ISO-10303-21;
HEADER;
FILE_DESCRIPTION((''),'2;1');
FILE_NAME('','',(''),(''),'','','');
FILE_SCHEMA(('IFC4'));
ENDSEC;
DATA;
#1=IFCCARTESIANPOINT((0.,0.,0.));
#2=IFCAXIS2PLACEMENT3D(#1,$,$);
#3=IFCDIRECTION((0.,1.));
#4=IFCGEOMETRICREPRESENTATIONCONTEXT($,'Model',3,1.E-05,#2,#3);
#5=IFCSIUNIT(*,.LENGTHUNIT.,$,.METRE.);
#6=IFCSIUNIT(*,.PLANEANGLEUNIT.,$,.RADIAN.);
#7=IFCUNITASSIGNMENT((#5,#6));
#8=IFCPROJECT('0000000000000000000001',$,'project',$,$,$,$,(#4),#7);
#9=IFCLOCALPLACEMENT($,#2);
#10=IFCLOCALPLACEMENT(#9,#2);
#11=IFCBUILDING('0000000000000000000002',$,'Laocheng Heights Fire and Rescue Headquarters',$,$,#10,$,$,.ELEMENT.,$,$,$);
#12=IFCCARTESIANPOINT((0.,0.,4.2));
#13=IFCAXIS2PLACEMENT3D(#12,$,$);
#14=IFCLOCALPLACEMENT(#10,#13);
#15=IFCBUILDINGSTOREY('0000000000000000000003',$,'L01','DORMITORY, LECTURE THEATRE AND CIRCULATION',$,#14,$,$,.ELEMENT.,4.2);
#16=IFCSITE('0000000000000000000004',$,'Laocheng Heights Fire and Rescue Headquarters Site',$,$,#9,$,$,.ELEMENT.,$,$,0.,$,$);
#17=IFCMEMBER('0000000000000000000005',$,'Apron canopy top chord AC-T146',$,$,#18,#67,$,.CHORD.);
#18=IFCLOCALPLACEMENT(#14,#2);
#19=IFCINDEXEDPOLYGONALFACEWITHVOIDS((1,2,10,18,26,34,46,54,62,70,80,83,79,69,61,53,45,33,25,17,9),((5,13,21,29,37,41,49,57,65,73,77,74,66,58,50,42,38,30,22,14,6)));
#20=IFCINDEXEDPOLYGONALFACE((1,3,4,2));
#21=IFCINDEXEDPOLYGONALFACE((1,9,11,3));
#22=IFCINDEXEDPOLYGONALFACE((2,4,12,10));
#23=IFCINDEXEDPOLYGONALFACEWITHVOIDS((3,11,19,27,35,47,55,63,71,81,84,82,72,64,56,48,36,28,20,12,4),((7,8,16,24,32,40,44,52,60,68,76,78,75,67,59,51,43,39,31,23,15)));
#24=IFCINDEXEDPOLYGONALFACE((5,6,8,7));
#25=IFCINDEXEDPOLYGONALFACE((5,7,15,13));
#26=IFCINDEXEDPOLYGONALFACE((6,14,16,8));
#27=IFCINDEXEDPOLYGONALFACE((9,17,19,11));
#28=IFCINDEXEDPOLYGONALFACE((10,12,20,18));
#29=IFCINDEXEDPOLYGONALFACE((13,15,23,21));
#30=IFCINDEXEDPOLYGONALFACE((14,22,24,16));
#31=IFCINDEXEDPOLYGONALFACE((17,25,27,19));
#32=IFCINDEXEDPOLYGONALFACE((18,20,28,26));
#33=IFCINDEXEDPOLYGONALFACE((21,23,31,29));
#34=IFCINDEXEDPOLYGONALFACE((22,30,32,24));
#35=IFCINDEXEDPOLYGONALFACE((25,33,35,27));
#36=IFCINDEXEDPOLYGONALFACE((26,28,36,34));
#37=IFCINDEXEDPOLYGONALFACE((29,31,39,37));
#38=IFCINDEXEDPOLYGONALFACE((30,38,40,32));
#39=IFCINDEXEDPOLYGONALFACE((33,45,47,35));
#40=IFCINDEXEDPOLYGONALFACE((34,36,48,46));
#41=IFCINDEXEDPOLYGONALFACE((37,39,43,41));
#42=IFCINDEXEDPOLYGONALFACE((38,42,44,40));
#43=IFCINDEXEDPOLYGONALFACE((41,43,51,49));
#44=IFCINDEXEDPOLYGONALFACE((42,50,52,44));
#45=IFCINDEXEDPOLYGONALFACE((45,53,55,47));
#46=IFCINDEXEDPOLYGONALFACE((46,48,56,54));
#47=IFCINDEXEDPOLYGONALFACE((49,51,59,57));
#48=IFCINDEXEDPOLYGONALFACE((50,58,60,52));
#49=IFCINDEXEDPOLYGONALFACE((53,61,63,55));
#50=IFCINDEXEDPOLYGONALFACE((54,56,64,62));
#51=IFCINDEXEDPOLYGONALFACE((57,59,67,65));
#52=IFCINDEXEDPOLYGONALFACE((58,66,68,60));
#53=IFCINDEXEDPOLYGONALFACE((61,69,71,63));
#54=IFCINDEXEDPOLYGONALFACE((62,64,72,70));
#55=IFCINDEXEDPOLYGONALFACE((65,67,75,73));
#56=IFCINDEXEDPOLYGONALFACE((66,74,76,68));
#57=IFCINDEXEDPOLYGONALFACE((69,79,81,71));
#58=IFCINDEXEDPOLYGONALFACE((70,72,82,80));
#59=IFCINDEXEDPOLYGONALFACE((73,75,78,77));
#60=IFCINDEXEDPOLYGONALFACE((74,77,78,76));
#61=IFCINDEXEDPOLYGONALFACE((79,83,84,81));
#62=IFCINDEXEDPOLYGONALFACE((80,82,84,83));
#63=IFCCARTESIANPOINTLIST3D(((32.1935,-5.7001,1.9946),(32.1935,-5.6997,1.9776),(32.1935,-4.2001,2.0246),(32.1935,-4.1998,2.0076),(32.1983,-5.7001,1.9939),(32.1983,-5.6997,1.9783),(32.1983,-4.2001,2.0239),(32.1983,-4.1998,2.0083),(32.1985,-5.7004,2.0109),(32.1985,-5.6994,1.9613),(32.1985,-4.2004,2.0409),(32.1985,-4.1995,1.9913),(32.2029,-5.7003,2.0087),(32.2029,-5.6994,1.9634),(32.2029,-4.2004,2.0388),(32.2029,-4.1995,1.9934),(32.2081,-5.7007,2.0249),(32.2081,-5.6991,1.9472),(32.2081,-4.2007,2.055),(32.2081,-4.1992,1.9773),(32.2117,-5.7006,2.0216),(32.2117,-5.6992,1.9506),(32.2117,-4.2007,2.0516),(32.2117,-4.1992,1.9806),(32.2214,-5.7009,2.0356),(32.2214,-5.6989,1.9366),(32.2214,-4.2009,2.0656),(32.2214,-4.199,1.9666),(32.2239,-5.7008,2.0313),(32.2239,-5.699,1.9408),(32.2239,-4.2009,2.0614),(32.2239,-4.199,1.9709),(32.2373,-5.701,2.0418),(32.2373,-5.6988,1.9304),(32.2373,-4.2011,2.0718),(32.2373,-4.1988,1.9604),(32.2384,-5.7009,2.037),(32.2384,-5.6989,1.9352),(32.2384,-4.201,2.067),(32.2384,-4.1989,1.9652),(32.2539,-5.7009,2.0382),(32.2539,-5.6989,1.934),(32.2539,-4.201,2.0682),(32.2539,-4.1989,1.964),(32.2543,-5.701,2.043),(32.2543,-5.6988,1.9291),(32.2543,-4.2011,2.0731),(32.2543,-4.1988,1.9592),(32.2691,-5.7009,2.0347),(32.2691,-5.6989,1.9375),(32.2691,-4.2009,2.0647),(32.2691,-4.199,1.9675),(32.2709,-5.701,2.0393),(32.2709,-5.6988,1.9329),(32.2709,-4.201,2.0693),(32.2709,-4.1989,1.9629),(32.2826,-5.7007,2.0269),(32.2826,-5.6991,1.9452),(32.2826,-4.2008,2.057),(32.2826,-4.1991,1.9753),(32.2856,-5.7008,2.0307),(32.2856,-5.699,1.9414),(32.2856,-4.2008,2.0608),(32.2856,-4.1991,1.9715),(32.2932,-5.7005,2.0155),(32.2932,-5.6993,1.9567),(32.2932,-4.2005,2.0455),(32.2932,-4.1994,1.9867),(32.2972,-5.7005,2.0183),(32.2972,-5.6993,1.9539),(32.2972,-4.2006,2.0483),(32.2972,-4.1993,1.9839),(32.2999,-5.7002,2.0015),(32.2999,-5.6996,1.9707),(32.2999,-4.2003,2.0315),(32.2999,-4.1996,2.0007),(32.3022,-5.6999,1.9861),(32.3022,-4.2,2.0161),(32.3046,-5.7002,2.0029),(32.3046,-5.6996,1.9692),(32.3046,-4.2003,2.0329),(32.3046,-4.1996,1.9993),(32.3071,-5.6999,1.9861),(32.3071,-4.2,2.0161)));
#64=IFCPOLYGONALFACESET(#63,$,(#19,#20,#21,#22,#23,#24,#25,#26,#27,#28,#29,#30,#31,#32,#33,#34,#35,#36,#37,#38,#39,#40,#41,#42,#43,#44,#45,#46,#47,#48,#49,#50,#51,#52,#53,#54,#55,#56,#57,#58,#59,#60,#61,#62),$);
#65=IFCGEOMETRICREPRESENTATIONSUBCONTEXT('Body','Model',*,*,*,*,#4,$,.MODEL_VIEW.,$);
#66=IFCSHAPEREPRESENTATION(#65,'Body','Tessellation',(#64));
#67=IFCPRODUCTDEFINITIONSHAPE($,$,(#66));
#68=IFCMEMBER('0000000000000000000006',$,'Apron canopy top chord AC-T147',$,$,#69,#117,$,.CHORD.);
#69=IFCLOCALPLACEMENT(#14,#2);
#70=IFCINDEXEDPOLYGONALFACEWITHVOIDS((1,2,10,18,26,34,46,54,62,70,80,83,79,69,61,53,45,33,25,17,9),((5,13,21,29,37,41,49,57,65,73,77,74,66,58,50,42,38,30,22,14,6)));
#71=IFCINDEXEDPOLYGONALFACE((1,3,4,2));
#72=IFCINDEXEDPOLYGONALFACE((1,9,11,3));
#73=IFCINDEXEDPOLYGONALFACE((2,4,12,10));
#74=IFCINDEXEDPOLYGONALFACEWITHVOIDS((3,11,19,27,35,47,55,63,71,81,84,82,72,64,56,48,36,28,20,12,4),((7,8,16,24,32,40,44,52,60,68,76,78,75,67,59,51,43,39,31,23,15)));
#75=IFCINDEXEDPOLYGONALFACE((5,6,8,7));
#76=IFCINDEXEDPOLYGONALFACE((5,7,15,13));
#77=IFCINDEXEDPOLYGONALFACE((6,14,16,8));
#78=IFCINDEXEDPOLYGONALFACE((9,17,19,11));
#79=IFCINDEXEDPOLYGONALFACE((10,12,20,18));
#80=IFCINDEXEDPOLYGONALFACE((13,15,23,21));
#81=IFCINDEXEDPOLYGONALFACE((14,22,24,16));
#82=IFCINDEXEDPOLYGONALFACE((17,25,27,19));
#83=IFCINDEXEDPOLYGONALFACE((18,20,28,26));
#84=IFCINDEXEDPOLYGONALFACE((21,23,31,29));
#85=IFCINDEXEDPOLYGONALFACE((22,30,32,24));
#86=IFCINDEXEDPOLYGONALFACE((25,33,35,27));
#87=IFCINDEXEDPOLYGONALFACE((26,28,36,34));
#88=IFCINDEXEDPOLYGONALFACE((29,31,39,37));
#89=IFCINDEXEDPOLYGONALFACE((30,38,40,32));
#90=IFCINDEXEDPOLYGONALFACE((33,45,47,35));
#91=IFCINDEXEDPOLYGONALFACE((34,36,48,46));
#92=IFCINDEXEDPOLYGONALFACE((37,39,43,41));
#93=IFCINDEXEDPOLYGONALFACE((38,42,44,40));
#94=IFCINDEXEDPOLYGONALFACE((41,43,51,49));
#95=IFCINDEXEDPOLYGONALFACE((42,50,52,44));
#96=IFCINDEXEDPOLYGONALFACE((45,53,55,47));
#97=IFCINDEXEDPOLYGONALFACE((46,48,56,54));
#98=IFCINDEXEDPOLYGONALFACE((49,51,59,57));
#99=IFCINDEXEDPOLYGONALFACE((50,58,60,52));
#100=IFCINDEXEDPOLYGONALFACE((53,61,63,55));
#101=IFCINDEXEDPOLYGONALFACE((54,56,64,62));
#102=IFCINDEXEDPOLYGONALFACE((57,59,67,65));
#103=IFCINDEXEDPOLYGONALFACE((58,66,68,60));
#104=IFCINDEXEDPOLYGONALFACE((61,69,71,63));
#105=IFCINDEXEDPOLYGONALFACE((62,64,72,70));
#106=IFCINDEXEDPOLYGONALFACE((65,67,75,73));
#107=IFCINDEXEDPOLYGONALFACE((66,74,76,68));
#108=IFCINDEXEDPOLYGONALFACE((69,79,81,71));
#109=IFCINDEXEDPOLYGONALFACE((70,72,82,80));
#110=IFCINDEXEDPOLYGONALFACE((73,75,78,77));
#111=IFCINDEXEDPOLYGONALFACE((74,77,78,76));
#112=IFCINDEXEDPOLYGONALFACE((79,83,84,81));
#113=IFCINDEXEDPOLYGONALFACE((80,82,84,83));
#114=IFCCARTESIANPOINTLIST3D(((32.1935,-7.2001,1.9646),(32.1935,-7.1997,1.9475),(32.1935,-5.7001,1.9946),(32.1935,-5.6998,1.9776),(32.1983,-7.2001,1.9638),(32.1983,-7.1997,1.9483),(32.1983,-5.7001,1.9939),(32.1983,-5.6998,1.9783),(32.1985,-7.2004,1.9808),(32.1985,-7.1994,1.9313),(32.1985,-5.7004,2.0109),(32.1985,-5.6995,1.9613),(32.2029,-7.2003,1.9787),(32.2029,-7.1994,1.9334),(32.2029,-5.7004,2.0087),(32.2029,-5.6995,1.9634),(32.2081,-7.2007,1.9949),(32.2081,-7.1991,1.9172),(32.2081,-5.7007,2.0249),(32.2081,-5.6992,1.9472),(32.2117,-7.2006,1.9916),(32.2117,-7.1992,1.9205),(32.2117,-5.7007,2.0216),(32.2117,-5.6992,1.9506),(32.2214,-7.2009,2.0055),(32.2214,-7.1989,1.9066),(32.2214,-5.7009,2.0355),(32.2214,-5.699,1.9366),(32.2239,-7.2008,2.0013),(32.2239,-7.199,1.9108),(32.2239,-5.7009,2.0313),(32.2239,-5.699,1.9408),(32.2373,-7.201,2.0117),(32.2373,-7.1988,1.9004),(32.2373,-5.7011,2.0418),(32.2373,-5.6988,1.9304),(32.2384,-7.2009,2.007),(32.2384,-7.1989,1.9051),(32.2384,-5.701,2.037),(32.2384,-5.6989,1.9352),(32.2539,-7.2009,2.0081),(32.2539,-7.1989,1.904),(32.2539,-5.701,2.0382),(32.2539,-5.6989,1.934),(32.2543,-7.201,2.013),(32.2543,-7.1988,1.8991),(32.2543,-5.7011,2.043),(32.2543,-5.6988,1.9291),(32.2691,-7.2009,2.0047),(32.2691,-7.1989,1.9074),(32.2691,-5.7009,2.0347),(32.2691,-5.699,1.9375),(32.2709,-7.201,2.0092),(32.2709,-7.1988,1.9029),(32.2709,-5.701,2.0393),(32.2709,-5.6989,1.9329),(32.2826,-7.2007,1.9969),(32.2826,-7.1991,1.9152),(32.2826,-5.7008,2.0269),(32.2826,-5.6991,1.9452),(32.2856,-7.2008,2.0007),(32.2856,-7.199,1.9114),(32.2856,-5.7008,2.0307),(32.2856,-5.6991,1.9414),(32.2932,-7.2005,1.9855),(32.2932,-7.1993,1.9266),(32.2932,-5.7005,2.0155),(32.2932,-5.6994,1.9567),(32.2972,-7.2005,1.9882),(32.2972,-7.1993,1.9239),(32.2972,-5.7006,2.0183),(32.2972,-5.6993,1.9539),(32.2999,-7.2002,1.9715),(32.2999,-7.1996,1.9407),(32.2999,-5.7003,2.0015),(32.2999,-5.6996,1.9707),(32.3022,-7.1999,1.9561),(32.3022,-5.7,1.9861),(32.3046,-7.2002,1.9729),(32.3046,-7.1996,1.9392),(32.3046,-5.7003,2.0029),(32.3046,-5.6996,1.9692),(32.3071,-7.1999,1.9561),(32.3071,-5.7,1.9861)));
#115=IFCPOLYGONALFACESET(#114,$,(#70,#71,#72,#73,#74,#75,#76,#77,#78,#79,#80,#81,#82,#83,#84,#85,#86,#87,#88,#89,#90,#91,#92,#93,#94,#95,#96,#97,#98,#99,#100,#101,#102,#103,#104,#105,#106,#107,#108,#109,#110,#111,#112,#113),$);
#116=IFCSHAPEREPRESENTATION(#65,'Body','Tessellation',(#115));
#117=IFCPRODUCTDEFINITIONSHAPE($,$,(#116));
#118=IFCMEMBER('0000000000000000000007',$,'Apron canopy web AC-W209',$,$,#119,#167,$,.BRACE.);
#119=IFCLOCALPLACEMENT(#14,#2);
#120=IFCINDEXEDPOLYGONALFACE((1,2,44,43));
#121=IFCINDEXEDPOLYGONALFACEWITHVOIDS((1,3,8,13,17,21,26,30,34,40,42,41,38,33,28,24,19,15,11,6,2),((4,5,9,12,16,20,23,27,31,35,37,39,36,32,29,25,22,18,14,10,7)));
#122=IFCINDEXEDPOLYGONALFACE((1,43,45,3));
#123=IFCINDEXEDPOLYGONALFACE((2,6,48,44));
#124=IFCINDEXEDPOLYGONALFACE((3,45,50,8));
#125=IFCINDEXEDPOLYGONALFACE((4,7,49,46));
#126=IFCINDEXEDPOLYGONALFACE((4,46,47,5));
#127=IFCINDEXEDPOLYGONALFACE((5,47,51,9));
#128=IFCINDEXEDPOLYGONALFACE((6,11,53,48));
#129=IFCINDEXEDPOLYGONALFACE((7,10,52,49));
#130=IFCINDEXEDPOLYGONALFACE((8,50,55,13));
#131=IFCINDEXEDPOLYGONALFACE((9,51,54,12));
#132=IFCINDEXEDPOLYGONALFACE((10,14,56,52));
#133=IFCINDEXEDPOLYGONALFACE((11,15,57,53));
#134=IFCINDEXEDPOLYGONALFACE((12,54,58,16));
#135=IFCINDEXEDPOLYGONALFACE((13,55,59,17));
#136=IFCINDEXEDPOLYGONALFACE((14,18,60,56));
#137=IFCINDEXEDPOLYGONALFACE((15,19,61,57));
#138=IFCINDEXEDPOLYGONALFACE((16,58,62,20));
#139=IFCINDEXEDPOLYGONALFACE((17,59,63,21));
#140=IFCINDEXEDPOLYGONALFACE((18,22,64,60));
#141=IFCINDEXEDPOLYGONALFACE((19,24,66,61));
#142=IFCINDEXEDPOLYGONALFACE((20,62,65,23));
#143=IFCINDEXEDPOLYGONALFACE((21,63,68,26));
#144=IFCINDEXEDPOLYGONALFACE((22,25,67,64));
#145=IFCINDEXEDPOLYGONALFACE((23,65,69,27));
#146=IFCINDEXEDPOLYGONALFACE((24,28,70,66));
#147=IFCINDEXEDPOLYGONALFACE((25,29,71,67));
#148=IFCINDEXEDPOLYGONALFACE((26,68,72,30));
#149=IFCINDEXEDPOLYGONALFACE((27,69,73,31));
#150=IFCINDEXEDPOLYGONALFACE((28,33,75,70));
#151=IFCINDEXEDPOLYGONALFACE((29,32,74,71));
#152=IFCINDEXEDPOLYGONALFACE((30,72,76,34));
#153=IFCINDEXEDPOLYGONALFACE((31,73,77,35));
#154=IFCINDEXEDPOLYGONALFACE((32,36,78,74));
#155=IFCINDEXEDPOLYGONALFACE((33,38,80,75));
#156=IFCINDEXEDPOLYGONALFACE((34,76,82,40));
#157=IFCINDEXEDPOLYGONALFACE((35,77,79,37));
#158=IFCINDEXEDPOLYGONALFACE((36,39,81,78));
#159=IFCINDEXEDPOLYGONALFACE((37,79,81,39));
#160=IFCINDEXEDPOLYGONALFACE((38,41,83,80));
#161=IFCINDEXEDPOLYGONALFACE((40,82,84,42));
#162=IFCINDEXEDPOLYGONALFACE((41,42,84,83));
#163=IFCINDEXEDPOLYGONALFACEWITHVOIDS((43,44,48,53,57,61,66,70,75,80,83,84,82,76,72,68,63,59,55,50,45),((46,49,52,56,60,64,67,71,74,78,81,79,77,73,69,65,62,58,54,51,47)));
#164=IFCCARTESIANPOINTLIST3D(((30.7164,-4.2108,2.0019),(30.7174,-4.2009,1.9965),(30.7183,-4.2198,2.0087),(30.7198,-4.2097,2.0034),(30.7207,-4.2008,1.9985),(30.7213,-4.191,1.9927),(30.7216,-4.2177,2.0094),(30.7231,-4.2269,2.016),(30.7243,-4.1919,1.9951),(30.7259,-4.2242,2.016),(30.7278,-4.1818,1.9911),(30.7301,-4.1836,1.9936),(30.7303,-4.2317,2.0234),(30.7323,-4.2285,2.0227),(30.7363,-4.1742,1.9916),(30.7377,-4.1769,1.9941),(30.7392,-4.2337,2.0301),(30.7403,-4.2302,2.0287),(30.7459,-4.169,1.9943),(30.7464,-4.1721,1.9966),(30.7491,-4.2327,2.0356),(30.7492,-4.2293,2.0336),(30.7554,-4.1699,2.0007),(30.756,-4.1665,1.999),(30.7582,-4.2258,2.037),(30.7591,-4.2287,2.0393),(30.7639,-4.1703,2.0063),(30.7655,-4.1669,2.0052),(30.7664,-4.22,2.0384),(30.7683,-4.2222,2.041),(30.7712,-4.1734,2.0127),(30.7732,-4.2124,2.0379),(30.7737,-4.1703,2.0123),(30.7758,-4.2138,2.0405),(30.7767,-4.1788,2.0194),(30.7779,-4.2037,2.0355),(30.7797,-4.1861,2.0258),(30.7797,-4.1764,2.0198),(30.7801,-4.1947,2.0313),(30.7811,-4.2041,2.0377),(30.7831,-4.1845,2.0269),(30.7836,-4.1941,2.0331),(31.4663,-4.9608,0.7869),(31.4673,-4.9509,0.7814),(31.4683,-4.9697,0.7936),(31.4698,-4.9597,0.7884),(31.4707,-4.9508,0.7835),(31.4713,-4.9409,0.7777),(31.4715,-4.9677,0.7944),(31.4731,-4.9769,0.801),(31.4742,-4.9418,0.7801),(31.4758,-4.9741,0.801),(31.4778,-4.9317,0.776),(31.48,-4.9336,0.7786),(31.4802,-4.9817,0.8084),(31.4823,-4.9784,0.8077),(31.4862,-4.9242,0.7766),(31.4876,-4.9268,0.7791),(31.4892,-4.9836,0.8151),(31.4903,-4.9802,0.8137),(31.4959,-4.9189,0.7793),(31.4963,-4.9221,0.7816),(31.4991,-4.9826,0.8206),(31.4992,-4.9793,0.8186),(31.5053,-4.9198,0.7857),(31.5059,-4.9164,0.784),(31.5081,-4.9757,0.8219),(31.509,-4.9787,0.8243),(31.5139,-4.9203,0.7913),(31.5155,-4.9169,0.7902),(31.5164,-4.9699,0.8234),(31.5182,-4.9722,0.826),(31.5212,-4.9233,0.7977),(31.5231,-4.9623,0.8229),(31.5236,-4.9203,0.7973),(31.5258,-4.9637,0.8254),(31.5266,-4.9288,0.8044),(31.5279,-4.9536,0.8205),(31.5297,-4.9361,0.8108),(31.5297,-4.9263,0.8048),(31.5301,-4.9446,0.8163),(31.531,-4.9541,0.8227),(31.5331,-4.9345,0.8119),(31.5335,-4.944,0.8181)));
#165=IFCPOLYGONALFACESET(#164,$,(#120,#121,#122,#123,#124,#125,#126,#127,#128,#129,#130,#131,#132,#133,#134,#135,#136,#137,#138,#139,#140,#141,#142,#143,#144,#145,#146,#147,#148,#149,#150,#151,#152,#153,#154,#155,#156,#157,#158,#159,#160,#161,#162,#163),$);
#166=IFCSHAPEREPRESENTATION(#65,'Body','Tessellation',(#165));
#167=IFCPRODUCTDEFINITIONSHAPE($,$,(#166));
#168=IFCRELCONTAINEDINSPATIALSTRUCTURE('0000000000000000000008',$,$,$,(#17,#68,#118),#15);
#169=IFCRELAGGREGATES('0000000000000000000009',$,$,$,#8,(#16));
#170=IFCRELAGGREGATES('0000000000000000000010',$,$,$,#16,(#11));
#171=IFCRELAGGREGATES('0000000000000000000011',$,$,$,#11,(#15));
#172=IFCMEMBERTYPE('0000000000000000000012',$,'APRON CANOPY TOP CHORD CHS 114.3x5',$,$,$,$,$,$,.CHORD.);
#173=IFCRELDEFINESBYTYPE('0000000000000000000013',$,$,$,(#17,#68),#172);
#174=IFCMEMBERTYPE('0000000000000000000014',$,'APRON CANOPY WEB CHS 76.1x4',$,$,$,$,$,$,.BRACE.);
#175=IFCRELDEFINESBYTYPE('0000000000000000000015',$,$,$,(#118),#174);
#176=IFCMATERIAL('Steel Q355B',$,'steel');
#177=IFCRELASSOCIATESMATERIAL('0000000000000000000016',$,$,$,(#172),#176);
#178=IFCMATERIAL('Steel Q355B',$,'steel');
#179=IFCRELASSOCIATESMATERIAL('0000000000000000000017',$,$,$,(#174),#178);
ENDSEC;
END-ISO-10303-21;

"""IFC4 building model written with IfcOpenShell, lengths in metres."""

from ifc_helpers import new_model, si_unit, direction, frame, origin, origin_2d, place, context, subcontext, project, spatial, hollow_circle, extrude, material, material_profile, profile_set, type_object, element, save


model = new_model("IFC4")

# Units and contexts
model_context = context("Model", 3, precision=1e-05, world=origin(), true_north=direction((0.0, 1.0)))
body_context = subcontext(model_context, "Body", "Model", "MODEL_VIEW")
ifc_project = project(units=[si_unit("LENGTHUNIT", "METRE"), si_unit("PLANEANGLEUNIT", "RADIAN")], contexts=[model_context])

# Site, building, storey
site_placement = place(None, origin())
site = spatial("IfcSite", under=ifc_project, at=site_placement, Name="Laocheng Heights Fire and Rescue Headquarters Site", CompositionType="ELEMENT", RefElevation=0.0)
building_placement = place(site_placement, origin())
building = spatial("IfcBuilding", under=site, at=building_placement, Name="Laocheng Heights Fire and Rescue Headquarters", CompositionType="ELEMENT")
storey_placement = place(building_placement, frame((0.0, 0.0, 4.2)))
storey = spatial("IfcBuildingStorey", under=building, at=storey_placement, Name="L01", Description="DORMITORY, LECTURE THEATRE AND CIRCULATION", CompositionType="ELEMENT", Elevation=4.2)

# Members
ifc_material_1 = material(Name="Steel Q355B", Category="steel")
ifc_material_profile_1 = material_profile(ifc_material_1, hollow_circle(Radius=0.0571, WallThickness=0.0049, at=origin_2d()), Name="CHS 114.3x5")
ifc_profile_set_1 = profile_set([ifc_material_profile_1], Name="Steel Q355B")
member_type_1 = type_object("IfcMemberType", Name="APRON CANOPY TOP CHORD CHS 114.3x5", PredefinedType="CHORD", material=ifc_profile_set_1)
for number, where, z_axis, x_axis, name in (
    (1, (32.25, -4.2, 2.0161), (0.0, -0.9998, -0.020016), (1.0, 0.0, 0.0), "Apron canopy top chord AC-T146"),
    (2, (32.25, -5.7, 1.9861), (0.0, -0.9998, -0.020016), (1.0, 0.0, 0.0), "Apron canopy top chord AC-T147"),
):
    element("IfcMember", number, at=place(storey_placement, frame(where, z_axis=z_axis, x_axis=x_axis)), inside=storey, type_object=member_type_1, Name=name, PredefinedType="CHORD", context=body_context, shape_type="SweptSolid", body=[
        extrude(hollow_circle(Radius=0.0571, WallThickness=0.0049, at=origin_2d()), origin(), (0.0, 0.0, 1.0), 1.5002),
    ])
ifc_material_2 = material(Name="Steel Q355B", Category="steel")
ifc_material_profile_2 = material_profile(ifc_material_2, hollow_circle(Radius=0.0381, WallThickness=0.0039, at=origin_2d()), Name="CHS 76.1x4")
ifc_profile_set_2 = profile_set([ifc_material_profile_2], Name="Steel Q355B")
member_type_2 = type_object("IfcMemberType", Name="APRON CANOPY WEB CHS 76.1x4", PredefinedType="BRACE", material=ifc_profile_set_2)
for number, where, z_axis, x_axis, name in (
    (3, (31.5, -4.95, 0.801), (-0.465002, 0.465002, 0.753357), (-0.707107, -0.707107, 0.0), "Apron canopy web AC-W209"),
):
    element("IfcMember", number, at=place(storey_placement, frame(where, z_axis=z_axis, x_axis=x_axis)), inside=storey, type_object=member_type_2, Name=name, PredefinedType="BRACE", context=body_context, shape_type="SweptSolid", body=[
        extrude(hollow_circle(Radius=0.0381, WallThickness=0.0039, at=origin_2d()), origin(), (0.0, 0.0, 1.0), 1.6128),
    ])

save(model, "model.ifc")
